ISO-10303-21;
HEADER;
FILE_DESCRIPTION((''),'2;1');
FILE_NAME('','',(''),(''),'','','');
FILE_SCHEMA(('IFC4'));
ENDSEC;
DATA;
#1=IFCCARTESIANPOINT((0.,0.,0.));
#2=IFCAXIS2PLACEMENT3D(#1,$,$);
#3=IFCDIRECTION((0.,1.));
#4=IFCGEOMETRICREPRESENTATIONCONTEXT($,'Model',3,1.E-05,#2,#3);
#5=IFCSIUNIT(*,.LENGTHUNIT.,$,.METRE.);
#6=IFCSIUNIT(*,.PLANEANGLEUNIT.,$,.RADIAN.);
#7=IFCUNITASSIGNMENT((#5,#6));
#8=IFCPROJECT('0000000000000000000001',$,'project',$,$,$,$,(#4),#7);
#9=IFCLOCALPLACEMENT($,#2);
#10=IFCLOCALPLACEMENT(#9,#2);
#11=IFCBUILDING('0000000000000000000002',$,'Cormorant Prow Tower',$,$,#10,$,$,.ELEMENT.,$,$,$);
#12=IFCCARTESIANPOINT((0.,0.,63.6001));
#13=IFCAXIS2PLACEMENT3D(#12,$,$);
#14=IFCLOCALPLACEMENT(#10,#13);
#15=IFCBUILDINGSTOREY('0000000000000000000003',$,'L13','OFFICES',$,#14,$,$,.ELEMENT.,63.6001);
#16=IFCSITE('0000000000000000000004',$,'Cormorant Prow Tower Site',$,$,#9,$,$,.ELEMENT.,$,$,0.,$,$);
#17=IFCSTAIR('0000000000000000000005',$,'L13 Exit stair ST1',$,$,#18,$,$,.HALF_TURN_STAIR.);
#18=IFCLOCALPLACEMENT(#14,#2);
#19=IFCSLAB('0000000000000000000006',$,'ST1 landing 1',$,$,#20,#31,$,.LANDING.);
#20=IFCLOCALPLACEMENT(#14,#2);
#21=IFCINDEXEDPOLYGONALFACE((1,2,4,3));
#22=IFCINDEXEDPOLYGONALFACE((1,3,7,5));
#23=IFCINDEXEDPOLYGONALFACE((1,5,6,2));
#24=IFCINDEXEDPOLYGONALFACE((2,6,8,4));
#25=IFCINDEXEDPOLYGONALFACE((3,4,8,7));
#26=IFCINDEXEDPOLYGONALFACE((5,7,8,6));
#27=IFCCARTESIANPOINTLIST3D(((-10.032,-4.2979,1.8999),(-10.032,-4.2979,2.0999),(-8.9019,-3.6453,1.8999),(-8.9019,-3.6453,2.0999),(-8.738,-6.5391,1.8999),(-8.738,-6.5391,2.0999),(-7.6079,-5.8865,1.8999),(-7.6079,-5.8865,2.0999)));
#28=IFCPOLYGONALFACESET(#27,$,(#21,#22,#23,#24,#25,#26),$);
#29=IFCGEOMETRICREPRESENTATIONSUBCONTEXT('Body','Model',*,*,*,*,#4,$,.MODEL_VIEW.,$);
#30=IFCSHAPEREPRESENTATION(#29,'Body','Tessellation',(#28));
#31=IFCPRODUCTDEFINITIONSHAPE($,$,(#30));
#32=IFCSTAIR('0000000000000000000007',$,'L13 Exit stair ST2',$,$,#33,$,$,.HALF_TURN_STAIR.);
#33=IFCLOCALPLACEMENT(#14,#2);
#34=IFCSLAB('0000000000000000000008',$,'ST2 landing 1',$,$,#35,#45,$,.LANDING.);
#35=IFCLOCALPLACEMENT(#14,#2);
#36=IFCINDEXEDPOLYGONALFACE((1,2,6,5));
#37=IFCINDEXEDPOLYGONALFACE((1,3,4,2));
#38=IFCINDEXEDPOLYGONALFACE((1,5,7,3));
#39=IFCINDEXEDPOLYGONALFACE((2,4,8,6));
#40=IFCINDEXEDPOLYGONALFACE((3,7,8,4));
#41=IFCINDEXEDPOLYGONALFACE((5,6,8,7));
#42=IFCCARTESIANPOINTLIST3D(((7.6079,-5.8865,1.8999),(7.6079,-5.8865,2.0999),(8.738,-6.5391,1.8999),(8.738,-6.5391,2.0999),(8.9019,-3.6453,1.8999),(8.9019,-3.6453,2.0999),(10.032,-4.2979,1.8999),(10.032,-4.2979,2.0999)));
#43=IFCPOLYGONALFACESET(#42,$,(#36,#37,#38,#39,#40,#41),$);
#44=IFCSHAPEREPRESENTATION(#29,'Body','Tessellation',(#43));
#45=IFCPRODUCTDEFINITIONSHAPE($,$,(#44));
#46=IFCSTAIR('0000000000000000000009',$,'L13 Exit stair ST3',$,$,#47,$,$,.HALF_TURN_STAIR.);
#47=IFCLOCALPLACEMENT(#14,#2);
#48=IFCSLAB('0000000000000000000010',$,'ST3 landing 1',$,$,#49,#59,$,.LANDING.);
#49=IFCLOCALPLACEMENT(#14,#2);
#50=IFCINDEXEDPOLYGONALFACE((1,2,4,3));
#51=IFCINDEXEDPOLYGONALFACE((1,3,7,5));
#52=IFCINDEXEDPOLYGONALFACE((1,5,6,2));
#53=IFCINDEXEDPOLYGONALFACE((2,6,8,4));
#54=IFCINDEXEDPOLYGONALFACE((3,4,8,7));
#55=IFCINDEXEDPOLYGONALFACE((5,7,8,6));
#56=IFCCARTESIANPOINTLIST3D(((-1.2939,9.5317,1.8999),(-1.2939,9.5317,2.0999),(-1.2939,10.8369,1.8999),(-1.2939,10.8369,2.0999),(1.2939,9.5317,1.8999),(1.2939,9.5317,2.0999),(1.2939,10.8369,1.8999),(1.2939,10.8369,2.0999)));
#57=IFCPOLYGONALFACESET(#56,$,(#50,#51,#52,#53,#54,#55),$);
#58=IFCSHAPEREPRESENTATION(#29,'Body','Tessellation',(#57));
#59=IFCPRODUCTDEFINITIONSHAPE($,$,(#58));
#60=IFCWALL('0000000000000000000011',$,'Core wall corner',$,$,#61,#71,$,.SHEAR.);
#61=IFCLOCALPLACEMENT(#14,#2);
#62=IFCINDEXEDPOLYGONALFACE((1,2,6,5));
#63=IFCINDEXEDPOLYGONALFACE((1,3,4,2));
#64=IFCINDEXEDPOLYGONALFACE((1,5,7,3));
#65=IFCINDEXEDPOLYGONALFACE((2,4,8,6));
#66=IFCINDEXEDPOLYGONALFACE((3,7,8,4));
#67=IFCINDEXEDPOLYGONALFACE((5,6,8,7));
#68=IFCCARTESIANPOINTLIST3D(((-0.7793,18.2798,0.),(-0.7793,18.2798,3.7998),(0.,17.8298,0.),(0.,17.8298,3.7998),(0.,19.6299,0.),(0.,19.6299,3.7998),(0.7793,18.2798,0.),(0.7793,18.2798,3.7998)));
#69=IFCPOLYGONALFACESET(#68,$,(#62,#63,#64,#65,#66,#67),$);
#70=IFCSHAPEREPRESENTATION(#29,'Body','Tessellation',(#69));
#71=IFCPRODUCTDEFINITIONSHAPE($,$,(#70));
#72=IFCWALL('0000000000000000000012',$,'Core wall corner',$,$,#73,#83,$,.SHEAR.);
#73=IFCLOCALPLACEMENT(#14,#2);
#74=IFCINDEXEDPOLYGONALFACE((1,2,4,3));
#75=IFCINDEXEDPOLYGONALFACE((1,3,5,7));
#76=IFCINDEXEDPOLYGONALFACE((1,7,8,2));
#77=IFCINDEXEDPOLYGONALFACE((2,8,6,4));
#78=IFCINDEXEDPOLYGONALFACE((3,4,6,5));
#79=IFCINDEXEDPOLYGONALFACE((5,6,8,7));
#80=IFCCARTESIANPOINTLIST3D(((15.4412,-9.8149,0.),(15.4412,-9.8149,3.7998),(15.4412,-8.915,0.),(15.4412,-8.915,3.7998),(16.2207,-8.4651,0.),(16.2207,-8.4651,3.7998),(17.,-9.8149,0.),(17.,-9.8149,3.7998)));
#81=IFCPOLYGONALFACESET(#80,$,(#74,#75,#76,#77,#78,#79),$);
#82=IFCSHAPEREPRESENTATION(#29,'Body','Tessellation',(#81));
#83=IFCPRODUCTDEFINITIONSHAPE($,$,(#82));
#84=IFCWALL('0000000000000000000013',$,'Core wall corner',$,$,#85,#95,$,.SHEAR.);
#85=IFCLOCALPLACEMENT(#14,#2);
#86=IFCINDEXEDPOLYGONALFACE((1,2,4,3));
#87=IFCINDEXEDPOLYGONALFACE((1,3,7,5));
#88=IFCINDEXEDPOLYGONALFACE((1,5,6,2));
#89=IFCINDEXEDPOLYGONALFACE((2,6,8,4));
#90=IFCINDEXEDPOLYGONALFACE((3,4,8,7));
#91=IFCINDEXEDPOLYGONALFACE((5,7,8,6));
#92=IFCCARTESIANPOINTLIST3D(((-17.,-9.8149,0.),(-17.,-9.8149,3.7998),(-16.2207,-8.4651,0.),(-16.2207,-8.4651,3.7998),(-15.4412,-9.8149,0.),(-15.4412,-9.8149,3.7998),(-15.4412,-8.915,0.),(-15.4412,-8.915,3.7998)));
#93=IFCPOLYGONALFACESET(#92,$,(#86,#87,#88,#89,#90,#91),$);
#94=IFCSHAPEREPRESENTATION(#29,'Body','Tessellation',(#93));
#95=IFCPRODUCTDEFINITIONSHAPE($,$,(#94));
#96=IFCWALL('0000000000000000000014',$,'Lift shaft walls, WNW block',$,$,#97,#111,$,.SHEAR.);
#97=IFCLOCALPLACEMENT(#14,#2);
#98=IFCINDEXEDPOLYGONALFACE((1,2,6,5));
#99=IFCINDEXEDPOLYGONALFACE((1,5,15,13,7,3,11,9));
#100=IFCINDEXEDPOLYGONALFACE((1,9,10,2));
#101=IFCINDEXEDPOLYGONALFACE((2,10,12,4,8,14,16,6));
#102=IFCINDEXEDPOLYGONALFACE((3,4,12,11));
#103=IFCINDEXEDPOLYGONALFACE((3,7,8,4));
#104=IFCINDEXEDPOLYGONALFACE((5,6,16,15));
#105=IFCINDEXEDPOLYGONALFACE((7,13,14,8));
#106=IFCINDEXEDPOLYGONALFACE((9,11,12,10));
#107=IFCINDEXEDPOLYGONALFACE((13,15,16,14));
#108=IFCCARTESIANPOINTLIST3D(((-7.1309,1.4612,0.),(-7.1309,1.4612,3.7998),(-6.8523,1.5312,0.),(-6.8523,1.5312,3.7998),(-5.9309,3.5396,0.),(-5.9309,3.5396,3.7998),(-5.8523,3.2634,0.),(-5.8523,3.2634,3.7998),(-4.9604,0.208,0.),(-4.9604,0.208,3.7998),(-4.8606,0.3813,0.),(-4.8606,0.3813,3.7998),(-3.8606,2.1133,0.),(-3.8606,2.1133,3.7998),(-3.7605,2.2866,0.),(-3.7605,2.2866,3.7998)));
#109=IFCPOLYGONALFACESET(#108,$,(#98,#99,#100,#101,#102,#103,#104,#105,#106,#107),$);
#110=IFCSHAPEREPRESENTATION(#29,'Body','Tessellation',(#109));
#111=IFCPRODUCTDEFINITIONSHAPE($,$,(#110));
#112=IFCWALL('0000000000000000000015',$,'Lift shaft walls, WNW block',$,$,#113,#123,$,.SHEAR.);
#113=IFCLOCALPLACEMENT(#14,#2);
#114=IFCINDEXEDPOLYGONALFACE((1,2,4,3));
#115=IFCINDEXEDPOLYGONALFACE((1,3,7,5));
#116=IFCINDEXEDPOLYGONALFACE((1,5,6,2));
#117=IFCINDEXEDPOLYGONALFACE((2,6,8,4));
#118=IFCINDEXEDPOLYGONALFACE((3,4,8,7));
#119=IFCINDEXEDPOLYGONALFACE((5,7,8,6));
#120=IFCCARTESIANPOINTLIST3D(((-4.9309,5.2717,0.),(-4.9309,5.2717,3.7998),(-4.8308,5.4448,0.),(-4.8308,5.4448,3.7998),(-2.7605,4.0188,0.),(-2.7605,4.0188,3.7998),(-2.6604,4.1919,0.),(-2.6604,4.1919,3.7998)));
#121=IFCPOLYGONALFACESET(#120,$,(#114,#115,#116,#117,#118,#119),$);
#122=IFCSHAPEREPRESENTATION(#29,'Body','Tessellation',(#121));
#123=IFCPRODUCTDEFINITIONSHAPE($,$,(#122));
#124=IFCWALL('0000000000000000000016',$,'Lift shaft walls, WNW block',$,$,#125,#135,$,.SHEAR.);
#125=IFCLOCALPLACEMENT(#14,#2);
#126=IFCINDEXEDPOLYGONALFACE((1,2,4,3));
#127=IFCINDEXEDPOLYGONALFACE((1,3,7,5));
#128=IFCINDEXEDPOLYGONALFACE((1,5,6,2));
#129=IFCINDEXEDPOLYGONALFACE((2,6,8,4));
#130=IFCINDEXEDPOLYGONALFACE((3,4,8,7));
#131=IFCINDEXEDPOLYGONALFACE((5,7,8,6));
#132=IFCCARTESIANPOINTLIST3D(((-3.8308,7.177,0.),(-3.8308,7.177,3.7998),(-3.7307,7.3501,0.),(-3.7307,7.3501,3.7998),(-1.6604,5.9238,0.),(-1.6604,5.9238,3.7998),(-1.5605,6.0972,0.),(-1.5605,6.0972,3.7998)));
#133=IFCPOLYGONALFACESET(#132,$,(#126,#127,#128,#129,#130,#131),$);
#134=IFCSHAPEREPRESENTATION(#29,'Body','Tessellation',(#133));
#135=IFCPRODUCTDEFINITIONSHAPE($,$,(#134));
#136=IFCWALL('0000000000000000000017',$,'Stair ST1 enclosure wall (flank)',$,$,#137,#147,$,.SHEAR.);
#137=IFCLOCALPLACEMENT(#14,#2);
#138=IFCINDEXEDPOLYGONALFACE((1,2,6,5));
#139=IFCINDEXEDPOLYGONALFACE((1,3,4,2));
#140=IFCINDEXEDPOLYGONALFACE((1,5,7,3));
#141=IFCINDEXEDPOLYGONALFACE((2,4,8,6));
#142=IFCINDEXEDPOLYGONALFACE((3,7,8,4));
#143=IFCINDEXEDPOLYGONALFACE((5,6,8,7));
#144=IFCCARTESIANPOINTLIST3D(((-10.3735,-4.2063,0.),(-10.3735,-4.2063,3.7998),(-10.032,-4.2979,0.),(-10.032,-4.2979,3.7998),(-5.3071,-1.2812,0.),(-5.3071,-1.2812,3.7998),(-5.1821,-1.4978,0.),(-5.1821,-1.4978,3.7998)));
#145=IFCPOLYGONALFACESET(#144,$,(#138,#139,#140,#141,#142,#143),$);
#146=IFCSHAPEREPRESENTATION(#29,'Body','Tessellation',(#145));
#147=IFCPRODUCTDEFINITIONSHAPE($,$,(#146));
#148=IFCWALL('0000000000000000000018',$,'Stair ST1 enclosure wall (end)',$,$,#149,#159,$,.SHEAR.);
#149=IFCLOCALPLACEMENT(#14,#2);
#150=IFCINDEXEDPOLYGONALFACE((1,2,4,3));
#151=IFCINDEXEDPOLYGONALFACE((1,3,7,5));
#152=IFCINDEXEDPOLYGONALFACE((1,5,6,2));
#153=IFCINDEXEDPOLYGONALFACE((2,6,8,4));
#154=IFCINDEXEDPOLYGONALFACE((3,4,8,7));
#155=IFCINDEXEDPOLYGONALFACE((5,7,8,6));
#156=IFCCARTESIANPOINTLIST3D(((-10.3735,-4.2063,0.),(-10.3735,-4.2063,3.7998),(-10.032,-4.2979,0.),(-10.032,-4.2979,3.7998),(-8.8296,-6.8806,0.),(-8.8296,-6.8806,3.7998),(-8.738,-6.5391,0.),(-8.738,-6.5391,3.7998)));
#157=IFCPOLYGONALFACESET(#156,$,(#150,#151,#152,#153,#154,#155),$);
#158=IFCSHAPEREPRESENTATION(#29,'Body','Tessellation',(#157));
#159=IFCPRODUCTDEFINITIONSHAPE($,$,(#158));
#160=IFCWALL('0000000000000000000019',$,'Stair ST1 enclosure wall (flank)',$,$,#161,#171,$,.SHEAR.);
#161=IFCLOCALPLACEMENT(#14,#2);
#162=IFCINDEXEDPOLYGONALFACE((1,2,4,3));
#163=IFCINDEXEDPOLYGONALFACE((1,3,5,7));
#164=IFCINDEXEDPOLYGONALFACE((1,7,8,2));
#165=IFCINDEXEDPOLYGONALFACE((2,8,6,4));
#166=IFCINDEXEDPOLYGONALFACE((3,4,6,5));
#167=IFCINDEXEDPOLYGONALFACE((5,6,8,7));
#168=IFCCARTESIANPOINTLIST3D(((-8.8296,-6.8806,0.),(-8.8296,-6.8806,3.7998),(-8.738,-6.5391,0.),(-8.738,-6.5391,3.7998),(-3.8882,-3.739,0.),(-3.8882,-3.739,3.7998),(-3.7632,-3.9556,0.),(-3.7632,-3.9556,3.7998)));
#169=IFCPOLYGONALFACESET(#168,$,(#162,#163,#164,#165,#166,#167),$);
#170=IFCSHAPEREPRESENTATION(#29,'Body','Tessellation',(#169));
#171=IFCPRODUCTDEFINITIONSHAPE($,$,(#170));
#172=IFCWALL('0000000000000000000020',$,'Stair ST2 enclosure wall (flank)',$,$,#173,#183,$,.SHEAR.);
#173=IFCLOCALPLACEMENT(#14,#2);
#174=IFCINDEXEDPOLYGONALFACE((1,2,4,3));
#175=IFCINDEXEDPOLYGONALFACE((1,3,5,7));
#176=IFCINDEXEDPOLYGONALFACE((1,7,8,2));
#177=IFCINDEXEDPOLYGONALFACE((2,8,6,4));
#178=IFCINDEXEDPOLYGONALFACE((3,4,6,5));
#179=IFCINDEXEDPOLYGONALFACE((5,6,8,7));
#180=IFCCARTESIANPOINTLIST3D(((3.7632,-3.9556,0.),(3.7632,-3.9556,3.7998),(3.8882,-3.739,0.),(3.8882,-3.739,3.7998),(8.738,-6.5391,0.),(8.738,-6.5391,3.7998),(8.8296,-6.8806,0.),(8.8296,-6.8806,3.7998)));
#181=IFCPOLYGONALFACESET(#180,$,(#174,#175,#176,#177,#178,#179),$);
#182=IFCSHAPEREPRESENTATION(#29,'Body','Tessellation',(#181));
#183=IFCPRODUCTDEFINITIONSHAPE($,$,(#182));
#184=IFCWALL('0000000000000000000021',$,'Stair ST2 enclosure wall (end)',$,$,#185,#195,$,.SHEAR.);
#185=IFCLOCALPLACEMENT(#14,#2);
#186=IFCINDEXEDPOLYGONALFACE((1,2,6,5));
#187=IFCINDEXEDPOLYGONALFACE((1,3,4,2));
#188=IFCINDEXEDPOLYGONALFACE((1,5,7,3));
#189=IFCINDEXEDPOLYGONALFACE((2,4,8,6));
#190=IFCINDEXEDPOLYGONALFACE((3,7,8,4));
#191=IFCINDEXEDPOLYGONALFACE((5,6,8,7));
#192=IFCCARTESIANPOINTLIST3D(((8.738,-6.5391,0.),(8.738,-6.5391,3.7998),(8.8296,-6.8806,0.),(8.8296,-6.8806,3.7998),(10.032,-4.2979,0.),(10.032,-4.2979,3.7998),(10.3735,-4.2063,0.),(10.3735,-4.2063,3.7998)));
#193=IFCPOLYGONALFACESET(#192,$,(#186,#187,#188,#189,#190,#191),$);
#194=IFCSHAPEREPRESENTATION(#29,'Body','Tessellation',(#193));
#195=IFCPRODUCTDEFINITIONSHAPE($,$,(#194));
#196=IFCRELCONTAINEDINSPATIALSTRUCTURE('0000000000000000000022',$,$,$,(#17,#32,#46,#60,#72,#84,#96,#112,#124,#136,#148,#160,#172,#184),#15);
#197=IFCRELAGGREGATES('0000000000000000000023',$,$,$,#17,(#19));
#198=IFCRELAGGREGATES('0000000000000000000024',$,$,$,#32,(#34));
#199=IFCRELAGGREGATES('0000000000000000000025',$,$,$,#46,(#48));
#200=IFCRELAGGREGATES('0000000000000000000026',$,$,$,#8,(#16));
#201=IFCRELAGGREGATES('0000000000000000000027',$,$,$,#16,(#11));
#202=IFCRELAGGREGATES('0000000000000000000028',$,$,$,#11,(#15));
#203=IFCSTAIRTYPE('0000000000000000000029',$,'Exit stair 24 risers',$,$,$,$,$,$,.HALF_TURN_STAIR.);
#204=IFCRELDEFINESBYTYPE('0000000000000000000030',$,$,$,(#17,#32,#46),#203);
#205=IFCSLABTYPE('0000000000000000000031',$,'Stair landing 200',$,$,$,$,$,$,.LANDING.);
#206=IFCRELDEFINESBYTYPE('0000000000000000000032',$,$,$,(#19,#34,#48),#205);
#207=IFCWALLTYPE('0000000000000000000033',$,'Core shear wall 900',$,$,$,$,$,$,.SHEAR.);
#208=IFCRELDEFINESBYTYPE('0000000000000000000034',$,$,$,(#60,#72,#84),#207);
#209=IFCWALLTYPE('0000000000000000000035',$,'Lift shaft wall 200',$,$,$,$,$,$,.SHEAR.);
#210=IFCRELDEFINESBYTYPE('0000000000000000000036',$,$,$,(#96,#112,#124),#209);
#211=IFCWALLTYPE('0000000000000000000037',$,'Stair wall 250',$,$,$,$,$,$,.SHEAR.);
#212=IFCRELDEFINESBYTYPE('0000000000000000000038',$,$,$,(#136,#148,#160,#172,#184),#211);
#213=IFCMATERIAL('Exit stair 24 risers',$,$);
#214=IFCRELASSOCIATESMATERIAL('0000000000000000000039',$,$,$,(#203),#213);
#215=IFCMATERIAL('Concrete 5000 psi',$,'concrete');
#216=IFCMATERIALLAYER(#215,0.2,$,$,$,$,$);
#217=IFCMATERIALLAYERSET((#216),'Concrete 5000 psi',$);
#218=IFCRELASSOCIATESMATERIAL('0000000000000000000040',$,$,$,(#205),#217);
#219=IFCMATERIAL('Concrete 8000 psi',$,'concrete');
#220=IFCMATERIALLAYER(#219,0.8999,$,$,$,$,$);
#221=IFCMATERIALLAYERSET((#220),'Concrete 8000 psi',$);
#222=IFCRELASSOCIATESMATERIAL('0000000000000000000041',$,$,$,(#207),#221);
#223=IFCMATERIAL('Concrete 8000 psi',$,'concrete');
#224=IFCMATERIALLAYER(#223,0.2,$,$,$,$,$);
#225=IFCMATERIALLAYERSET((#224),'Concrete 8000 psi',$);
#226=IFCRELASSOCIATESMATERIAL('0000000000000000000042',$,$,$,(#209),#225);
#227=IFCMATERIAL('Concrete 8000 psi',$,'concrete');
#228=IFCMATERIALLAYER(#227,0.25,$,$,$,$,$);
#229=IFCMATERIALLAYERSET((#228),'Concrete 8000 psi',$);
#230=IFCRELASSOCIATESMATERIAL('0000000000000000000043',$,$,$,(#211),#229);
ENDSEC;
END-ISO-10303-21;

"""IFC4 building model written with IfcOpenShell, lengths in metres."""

from ifc_helpers import new_model, si_unit, direction, frame, origin, place, context, subcontext, project, spatial, polyline, outline, extrude, material, layer, layer_set, type_object, element, aggregate, save


model = new_model("IFC4")

# Units and contexts
model_context = context("Model", 3, precision=1e-05, world=origin(), true_north=direction((0.0, 1.0)))
body_context = subcontext(model_context, "Body", "Model", "MODEL_VIEW")
ifc_project = project(units=[si_unit("LENGTHUNIT", "METRE"), si_unit("PLANEANGLEUNIT", "RADIAN")], contexts=[model_context])

# Site, building, storey
site_placement = place(None, origin())
site = spatial("IfcSite", under=ifc_project, at=site_placement, Name="Cormorant Prow Tower Site", CompositionType="ELEMENT", RefElevation=0.0)
building_placement = place(site_placement, origin())
building = spatial("IfcBuilding", under=site, at=building_placement, Name="Cormorant Prow Tower", CompositionType="ELEMENT")
storey_placement = place(building_placement, frame((0.0, 0.0, 63.6001)))
storey = spatial("IfcBuildingStorey", under=building, at=storey_placement, Name="L13", Description="OFFICES", CompositionType="ELEMENT", Elevation=63.6001)

# Stairs, slabs
ifc_material_1 = material(Name="Exit stair 24 risers")
stair_type = type_object("IfcStairType", Name="Exit stair 24 risers", PredefinedType="HALF_TURN_STAIR", material=ifc_material_1)
stair_1_placement = place(storey_placement, origin())
stair_1 = element("IfcStair", 1, at=stair_1_placement, inside=storey, type_object=stair_type, Name="L13 Exit stair ST1", PredefinedType="HALF_TURN_STAIR")
ifc_material_2 = material(Name="Concrete 5000 psi", Category="concrete")
ifc_layer_1 = layer(ifc_material_2, 0.2)
ifc_layer_set_1 = layer_set([ifc_layer_1], Name="Concrete 5000 psi")
slab_type = type_object("IfcSlabType", Name="Stair landing 200", PredefinedType="LANDING", material=ifc_layer_set_1)
slab_1_placement = place(storey_placement, frame((0.0, 0.0, 1.8999)))
slab_1 = element("IfcSlab", 2, at=slab_1_placement, type_object=slab_type, Name="ST1 landing 1", PredefinedType="LANDING", context=body_context, shape_type="SweptSolid", body=[
    extrude(outline(polyline([(-8.9019, -3.6453), (-10.032, -4.2979), (-8.738, -6.5391), (-7.6079, -5.8865), (-8.9019, -3.6453)])), origin(), (0.0, 0.0, 1.0), 0.2),
])
aggregate(stair_1, [slab_1])
stair_2_placement = place(storey_placement, origin())
stair_2 = element("IfcStair", 3, at=stair_2_placement, inside=storey, type_object=stair_type, Name="L13 Exit stair ST2", PredefinedType="HALF_TURN_STAIR")
slab_2_placement = place(storey_placement, frame((0.0, 0.0, 1.8999)))
slab_2 = element("IfcSlab", 4, at=slab_2_placement, type_object=slab_type, Name="ST2 landing 1", PredefinedType="LANDING", context=body_context, shape_type="SweptSolid", body=[
    extrude(outline(polyline([(7.6079, -5.8865), (8.738, -6.5391), (10.032, -4.2979), (8.9019, -3.6453), (7.6079, -5.8865)])), origin(), (0.0, 0.0, 1.0), 0.2),
])
aggregate(stair_2, [slab_2])
stair_3_placement = place(storey_placement, origin())
stair_3 = element("IfcStair", 5, at=stair_3_placement, inside=storey, type_object=stair_type, Name="L13 Exit stair ST3", PredefinedType="HALF_TURN_STAIR")
slab_3_placement = place(storey_placement, frame((0.0, 0.0, 1.8999)))
slab_3 = element("IfcSlab", 6, at=slab_3_placement, type_object=slab_type, Name="ST3 landing 1", PredefinedType="LANDING", context=body_context, shape_type="SweptSolid", body=[
    extrude(outline(polyline([(1.2939, 9.5317), (1.2939, 10.8369), (-1.2939, 10.8369), (-1.2939, 9.5317), (1.2939, 9.5317)])), origin(), (0.0, 0.0, 1.0), 0.2),
])
aggregate(stair_3, [slab_3])

# Walls
ifc_material_3 = material(Name="Concrete 8000 psi", Category="concrete")
ifc_layer_2 = layer(ifc_material_3, 0.8999)
ifc_layer_set_2 = layer_set([ifc_layer_2], Name="Concrete 8000 psi")
wall_type_1 = type_object("IfcWallType", Name="Core shear wall 900", PredefinedType="SHEAR", material=ifc_layer_set_2)
wall_1_placement = place(storey_placement, origin())
element("IfcWall", 7, at=wall_1_placement, inside=storey, type_object=wall_type_1, Name="Core wall corner", PredefinedType="SHEAR", context=body_context, shape_type="SweptSolid", body=[
    extrude(outline(polyline([(-0.7793, 18.2798), (0.0, 19.6299), (0.7793, 18.2798), (0.0, 17.8298), (-0.7793, 18.2798)])), origin(), (0.0, 0.0, 1.0), 3.7998),
])
wall_2_placement = place(storey_placement, origin())
element("IfcWall", 8, at=wall_2_placement, inside=storey, type_object=wall_type_1, Name="Core wall corner", PredefinedType="SHEAR", context=body_context, shape_type="SweptSolid", body=[
    extrude(outline(polyline([(15.4412, -9.8149), (15.4412, -8.915), (16.2207, -8.4651), (17.0, -9.8149), (15.4412, -9.8149)])), origin(), (0.0, 0.0, 1.0), 3.7998),
])
wall_3_placement = place(storey_placement, origin())
element("IfcWall", 9, at=wall_3_placement, inside=storey, type_object=wall_type_1, Name="Core wall corner", PredefinedType="SHEAR", context=body_context, shape_type="SweptSolid", body=[
    extrude(outline(polyline([(-16.2207, -8.4651), (-15.4412, -8.915), (-15.4412, -9.8149), (-17.0, -9.8149), (-16.2207, -8.4651)])), origin(), (0.0, 0.0, 1.0), 3.7998),
])
ifc_material_4 = material(Name="Concrete 8000 psi", Category="concrete")
ifc_layer_3 = layer(ifc_material_4, 0.2)
ifc_layer_set_3 = layer_set([ifc_layer_3], Name="Concrete 8000 psi")
wall_type_2 = type_object("IfcWallType", Name="Lift shaft wall 200", PredefinedType="SHEAR", material=ifc_layer_set_3)
wall_4_placement = place(storey_placement, origin())
element("IfcWall", 10, at=wall_4_placement, inside=storey, type_object=wall_type_2, Name="Lift shaft walls, WNW block", PredefinedType="SHEAR", context=body_context, shape_type="SweptSolid", body=[
    extrude(outline(polyline([(-4.9604, 0.208), (-7.1309, 1.4612), (-5.9309, 3.5396), (-3.7605, 2.2866), (-3.8606, 2.1133), (-5.8523, 3.2634), (-6.8523, 1.5312), (-4.8606, 0.3813), (-4.9604, 0.208)])), origin(), (0.0, 0.0, 1.0), 3.7998),
])
wall_5_placement = place(storey_placement, origin())
element("IfcWall", 11, at=wall_5_placement, inside=storey, type_object=wall_type_2, Name="Lift shaft walls, WNW block", PredefinedType="SHEAR", context=body_context, shape_type="SweptSolid", body=[
    extrude(outline(polyline([(-2.7605, 4.0188), (-4.9309, 5.2717), (-4.8308, 5.4448), (-2.6604, 4.1919), (-2.7605, 4.0188)])), origin(), (0.0, 0.0, 1.0), 3.7998),
])
wall_6_placement = place(storey_placement, origin())
element("IfcWall", 12, at=wall_6_placement, inside=storey, type_object=wall_type_2, Name="Lift shaft walls, WNW block", PredefinedType="SHEAR", context=body_context, shape_type="SweptSolid", body=[
    extrude(outline(polyline([(-3.7307, 7.3501), (-1.5605, 6.0972), (-1.6604, 5.9238), (-3.8308, 7.177), (-3.7307, 7.3501)])), origin(), (0.0, 0.0, 1.0), 3.7998),
])
ifc_material_5 = material(Name="Concrete 8000 psi", Category="concrete")
ifc_layer_4 = layer(ifc_material_5, 0.25)
ifc_layer_set_4 = layer_set([ifc_layer_4], Name="Concrete 8000 psi")
wall_type_3 = type_object("IfcWallType", Name="Stair wall 250", PredefinedType="SHEAR", material=ifc_layer_set_4)
wall_7_placement = place(storey_placement, origin())
element("IfcWall", 13, at=wall_7_placement, inside=storey, type_object=wall_type_3, Name="Stair ST1 enclosure wall (flank)", PredefinedType="SHEAR", context=body_context, shape_type="SweptSolid", body=[
    extrude(outline(polyline([(-5.3071, -1.2812), (-10.3735, -4.2063), (-10.032, -4.2979), (-5.1821, -1.4978), (-5.3071, -1.2812)])), origin(), (0.0, 0.0, 1.0), 3.7998),
])
wall_8_placement = place(storey_placement, origin())
element("IfcWall", 14, at=wall_8_placement, inside=storey, type_object=wall_type_3, Name="Stair ST1 enclosure wall (end)", PredefinedType="SHEAR", context=body_context, shape_type="SweptSolid", body=[
    extrude(outline(polyline([(-10.3735, -4.2063), (-8.8296, -6.8806), (-8.738, -6.5391), (-10.032, -4.2979), (-10.3735, -4.2063)])), origin(), (0.0, 0.0, 1.0), 3.7998),
])
wall_9_placement = place(storey_placement, origin())
element("IfcWall", 15, at=wall_9_placement, inside=storey, type_object=wall_type_3, Name="Stair ST1 enclosure wall (flank)", PredefinedType="SHEAR", context=body_context, shape_type="SweptSolid", body=[
    extrude(outline(polyline([(-8.738, -6.5391), (-8.8296, -6.8806), (-3.7632, -3.9556), (-3.8882, -3.739), (-8.738, -6.5391)])), origin(), (0.0, 0.0, 1.0), 3.7998),
])
wall_10_placement = place(storey_placement, origin())
element("IfcWall", 16, at=wall_10_placement, inside=storey, type_object=wall_type_3, Name="Stair ST2 enclosure wall (flank)", PredefinedType="SHEAR", context=body_context, shape_type="SweptSolid", body=[
    extrude(outline(polyline([(3.7632, -3.9556), (8.8296, -6.8806), (8.738, -6.5391), (3.8882, -3.739), (3.7632, -3.9556)])), origin(), (0.0, 0.0, 1.0), 3.7998),
])
wall_11_placement = place(storey_placement, origin())
element("IfcWall", 17, at=wall_11_placement, inside=storey, type_object=wall_type_3, Name="Stair ST2 enclosure wall (end)", PredefinedType="SHEAR", context=body_context, shape_type="SweptSolid", body=[
    extrude(outline(polyline([(8.8296, -6.8806), (10.3735, -4.2063), (10.032, -4.2979), (8.738, -6.5391), (8.8296, -6.8806)])), origin(), (0.0, 0.0, 1.0), 3.7998),
])

save(model, "model.ifc")
